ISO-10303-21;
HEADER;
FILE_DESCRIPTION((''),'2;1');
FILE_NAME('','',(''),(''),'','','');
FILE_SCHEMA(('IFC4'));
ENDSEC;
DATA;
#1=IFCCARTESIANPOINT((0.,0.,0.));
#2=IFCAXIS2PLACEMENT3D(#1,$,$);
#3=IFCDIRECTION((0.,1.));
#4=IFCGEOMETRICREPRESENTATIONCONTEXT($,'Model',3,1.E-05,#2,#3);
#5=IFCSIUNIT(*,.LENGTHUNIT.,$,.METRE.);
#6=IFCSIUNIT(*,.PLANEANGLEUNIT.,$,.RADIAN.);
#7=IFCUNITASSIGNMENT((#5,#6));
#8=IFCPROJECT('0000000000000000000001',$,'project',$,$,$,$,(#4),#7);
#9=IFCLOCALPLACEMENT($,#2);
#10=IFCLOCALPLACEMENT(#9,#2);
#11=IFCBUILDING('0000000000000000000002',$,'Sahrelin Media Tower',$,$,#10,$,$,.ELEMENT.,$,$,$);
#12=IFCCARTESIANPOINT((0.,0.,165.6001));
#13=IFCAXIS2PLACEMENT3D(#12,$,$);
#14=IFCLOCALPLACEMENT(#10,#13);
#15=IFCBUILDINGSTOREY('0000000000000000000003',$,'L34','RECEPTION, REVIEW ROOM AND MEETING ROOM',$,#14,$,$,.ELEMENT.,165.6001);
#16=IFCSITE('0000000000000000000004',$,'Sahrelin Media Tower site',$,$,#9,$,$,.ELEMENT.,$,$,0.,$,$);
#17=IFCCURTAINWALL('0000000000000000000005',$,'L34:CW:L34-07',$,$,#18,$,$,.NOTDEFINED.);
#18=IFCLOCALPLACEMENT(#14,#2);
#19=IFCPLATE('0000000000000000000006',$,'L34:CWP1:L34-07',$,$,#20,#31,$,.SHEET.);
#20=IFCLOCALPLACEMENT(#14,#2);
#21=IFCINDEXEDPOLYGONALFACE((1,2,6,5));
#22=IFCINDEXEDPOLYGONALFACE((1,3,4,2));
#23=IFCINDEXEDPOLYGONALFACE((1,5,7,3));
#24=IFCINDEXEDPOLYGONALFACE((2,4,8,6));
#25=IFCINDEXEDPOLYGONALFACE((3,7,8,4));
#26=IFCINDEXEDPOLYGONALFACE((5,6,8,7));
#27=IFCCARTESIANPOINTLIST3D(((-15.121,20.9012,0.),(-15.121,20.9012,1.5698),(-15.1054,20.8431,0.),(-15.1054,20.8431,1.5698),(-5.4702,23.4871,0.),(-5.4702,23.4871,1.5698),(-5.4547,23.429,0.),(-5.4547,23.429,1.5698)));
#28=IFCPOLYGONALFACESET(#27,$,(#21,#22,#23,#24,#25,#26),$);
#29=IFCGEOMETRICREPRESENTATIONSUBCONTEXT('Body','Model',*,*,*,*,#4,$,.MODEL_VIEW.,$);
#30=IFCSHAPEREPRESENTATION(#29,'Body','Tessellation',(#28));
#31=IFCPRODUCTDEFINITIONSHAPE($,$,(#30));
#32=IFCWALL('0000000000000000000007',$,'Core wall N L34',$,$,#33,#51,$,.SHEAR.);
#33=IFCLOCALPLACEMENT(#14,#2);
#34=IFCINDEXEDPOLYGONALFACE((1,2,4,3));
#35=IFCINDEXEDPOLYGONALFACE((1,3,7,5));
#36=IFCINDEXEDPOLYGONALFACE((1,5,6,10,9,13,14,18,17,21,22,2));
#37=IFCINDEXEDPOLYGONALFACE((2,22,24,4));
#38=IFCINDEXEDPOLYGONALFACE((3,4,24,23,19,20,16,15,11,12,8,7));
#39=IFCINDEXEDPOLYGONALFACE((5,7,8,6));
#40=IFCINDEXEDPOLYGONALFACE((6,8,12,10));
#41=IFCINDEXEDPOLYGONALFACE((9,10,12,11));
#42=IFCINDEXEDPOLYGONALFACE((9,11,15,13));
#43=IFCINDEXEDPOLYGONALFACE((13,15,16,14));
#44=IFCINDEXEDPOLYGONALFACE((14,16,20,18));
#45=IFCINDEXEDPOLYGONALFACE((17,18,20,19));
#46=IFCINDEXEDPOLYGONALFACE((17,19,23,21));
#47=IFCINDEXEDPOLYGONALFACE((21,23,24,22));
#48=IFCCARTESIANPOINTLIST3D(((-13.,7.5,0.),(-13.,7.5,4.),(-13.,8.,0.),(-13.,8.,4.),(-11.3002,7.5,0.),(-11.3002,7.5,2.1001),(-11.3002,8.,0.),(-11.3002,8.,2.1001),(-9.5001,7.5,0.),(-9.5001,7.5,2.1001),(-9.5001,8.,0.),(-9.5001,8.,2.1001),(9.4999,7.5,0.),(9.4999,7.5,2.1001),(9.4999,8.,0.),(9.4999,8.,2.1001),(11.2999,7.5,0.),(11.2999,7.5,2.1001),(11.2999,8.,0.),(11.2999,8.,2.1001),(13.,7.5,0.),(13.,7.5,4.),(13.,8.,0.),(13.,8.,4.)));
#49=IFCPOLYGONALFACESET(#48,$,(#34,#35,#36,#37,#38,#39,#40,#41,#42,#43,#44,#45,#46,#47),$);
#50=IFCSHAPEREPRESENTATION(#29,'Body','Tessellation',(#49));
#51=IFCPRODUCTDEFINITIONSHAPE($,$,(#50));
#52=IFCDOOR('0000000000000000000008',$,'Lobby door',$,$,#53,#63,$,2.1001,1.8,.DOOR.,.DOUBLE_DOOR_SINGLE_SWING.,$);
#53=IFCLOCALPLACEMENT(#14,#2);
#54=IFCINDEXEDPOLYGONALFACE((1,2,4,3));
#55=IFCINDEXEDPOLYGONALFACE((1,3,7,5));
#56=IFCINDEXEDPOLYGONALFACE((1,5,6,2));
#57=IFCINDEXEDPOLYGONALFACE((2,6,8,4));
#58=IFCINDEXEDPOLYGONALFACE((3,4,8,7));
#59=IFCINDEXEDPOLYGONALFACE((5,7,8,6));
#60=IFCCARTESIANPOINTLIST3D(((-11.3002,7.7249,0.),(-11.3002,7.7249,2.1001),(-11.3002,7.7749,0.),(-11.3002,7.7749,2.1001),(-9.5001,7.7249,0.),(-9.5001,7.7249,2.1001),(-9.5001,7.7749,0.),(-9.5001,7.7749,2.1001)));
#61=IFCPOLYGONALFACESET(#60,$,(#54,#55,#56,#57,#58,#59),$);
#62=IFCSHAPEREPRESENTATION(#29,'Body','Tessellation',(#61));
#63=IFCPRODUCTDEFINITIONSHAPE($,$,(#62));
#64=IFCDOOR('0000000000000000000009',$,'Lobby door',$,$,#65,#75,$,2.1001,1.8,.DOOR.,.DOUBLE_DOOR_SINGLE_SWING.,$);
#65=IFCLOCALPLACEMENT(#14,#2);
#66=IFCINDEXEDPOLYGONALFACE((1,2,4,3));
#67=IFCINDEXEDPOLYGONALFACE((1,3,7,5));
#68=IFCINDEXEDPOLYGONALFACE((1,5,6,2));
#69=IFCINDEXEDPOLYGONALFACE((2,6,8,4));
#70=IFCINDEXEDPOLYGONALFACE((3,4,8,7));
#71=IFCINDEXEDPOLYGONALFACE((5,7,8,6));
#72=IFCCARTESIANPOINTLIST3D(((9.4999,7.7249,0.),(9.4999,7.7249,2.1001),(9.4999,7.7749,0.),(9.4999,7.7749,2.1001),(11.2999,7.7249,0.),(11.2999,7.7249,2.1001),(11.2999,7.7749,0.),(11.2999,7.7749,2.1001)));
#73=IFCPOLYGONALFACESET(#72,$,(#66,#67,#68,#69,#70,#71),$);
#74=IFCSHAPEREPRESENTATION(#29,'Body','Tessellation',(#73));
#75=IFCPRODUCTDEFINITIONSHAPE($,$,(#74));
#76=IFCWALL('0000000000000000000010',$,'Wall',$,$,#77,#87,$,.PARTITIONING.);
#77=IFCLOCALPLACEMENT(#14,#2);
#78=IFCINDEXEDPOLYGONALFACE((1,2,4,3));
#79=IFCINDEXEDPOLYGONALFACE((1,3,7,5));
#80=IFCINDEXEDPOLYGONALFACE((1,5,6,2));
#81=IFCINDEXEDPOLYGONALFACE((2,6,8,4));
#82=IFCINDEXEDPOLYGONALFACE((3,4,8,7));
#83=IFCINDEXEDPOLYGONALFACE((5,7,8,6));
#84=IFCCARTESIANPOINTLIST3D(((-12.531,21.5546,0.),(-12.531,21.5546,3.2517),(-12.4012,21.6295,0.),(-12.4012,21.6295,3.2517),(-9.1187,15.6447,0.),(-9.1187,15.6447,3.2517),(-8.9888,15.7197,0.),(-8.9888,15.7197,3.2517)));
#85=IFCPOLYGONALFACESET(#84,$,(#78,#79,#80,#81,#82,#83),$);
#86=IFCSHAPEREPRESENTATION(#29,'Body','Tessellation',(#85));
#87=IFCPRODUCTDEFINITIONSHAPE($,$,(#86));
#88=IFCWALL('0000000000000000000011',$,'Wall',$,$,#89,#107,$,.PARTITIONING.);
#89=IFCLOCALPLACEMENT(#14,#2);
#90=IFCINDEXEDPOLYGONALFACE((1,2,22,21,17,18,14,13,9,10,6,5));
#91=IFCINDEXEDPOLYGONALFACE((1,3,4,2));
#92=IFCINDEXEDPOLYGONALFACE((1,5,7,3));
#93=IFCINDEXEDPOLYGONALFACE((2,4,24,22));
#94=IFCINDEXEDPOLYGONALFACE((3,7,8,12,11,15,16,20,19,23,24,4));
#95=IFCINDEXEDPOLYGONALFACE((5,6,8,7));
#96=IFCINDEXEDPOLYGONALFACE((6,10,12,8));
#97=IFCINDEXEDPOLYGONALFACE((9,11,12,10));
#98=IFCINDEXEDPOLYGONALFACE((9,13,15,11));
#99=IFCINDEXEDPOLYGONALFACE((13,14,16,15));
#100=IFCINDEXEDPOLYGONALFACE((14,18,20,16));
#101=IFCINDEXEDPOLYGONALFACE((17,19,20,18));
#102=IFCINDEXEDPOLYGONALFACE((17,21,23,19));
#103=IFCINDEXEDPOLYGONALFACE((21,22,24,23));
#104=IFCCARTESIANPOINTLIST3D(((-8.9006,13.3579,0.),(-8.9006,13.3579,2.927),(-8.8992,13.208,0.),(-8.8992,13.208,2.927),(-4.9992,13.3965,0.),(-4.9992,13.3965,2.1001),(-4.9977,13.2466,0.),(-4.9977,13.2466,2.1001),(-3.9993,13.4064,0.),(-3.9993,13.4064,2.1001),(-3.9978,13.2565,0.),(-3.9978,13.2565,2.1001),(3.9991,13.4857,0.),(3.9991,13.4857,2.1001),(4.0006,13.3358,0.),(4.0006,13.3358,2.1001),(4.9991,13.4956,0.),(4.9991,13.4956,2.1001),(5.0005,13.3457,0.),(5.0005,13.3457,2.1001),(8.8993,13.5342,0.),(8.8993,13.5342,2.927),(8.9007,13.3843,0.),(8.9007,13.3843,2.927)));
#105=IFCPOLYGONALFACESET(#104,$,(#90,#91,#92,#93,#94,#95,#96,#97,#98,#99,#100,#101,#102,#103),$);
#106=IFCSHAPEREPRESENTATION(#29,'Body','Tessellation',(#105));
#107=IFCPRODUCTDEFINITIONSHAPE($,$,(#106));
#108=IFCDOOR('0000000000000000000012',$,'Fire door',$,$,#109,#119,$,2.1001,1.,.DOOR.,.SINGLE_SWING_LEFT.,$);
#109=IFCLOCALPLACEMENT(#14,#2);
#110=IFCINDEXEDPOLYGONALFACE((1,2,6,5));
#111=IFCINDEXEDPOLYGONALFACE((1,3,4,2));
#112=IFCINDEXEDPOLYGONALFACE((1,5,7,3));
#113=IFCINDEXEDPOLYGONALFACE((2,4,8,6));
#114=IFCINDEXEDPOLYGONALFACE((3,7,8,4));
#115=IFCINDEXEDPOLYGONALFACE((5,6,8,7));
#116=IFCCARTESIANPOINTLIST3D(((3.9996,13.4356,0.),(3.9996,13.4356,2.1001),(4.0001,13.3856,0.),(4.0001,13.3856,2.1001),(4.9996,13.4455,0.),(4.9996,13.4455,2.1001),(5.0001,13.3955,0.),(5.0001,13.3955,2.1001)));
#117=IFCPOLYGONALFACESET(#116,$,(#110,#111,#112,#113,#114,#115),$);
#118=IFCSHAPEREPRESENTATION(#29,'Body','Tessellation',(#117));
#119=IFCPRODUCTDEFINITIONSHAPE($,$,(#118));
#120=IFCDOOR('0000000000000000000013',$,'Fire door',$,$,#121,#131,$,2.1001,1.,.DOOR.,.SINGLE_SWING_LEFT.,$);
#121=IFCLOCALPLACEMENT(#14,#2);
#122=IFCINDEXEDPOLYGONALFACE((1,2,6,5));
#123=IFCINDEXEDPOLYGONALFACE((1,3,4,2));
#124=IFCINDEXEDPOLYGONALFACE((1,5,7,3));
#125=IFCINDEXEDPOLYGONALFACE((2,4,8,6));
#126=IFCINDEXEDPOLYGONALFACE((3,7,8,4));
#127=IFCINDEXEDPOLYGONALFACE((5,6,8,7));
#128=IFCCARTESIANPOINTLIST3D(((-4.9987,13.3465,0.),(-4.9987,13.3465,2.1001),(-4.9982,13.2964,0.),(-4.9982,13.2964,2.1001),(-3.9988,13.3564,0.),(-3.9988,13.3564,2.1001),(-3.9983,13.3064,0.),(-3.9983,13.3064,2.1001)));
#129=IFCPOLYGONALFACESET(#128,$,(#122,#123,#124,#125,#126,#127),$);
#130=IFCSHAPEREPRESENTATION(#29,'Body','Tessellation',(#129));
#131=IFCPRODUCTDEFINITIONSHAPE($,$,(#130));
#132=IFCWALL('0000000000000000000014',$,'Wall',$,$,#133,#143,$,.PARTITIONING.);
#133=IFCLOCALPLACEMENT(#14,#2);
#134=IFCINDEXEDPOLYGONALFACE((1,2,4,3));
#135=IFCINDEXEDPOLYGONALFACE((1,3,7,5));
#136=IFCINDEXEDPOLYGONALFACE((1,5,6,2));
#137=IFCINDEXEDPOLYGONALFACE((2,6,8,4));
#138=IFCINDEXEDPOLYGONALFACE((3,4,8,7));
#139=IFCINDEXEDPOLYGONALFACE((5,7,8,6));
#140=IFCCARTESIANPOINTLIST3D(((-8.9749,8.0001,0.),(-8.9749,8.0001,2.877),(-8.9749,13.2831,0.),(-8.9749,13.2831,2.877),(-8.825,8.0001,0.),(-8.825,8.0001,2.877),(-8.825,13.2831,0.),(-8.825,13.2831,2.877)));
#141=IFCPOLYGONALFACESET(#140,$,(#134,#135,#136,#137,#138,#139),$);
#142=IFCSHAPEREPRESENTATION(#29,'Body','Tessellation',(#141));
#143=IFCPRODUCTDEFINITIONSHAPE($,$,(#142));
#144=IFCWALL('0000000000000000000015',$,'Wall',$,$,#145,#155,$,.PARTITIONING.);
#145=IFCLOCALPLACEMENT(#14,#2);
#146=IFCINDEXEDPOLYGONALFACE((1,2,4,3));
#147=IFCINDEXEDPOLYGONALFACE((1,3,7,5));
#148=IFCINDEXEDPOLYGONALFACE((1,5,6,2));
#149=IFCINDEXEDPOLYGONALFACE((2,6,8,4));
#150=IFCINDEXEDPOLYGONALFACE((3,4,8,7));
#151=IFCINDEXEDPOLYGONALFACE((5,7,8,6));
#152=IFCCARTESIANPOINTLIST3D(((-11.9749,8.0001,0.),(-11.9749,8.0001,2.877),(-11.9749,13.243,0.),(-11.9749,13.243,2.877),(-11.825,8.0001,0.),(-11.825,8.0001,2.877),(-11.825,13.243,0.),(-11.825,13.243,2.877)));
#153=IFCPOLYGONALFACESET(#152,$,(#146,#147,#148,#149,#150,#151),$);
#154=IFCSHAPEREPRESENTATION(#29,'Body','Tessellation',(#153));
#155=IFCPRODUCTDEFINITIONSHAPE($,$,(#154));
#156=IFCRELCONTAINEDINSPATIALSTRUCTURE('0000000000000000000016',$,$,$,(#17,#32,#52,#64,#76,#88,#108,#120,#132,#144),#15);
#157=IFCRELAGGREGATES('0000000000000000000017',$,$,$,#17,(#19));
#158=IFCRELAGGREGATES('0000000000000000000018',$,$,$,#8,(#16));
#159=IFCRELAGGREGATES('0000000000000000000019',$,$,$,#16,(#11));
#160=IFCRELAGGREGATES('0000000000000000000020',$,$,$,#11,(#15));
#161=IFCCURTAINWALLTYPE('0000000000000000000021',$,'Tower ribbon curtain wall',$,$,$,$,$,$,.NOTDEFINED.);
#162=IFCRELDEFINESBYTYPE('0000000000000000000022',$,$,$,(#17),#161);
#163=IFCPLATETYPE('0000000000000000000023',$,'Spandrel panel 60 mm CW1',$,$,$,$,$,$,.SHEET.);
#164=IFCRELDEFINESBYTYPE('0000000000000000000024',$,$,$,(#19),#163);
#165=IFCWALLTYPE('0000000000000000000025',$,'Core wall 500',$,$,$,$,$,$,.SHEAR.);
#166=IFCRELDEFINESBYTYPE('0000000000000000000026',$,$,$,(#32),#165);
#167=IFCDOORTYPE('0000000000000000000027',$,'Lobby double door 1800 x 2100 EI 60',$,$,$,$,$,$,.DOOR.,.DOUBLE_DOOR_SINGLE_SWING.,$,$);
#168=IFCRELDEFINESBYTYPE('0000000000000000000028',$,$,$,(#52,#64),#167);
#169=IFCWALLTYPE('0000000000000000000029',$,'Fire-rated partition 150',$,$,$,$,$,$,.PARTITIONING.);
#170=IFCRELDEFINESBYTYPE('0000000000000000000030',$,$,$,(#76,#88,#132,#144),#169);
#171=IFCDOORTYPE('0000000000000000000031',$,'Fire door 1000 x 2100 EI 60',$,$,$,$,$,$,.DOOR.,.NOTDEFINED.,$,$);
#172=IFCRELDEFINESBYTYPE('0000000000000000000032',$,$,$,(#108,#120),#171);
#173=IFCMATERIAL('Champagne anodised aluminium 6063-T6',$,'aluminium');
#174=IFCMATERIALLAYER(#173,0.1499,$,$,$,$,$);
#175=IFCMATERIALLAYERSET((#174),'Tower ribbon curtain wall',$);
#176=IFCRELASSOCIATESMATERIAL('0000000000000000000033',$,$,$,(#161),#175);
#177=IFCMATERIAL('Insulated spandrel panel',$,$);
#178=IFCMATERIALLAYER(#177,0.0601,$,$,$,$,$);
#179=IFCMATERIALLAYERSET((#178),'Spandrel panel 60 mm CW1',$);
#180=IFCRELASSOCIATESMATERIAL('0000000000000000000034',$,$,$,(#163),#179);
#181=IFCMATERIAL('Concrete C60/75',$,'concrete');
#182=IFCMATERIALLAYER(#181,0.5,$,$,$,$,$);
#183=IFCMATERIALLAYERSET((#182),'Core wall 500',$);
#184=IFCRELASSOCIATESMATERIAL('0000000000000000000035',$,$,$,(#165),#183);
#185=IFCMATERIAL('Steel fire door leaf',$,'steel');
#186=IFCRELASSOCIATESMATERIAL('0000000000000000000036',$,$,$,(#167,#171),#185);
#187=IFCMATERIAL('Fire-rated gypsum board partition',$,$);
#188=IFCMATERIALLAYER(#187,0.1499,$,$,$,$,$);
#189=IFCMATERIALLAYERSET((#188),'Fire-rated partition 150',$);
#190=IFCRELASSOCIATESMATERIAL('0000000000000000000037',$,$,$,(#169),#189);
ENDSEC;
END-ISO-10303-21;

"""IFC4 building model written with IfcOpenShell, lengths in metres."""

from ifc_helpers import new_model, si_unit, direction, frame, frame_2d, origin, place, context, subcontext, project, spatial, polyline, rectangle, outline, extrude, material, layer, layer_set, type_object, element, fill, aggregate, save


model = new_model("IFC4")

# Units and contexts
model_context = context("Model", 3, precision=1e-05, world=origin(), true_north=direction((0.0, 1.0)))
body_context = subcontext(model_context, "Body", "Model", "MODEL_VIEW")
ifc_project = project(units=[si_unit("LENGTHUNIT", "METRE"), si_unit("PLANEANGLEUNIT", "RADIAN")], contexts=[model_context])

# Site, building, storey
site_placement = place(None, origin())
site = spatial("IfcSite", under=ifc_project, at=site_placement, Name="Sahrelin Media Tower site", CompositionType="ELEMENT", RefElevation=0.0)
building_placement = place(site_placement, origin())
building = spatial("IfcBuilding", under=site, at=building_placement, Name="Sahrelin Media Tower", CompositionType="ELEMENT")
storey_placement = place(building_placement, frame((0.0, 0.0, 165.6001)))
storey = spatial("IfcBuildingStorey", under=building, at=storey_placement, Name="L34", Description="RECEPTION, REVIEW ROOM AND MEETING ROOM", CompositionType="ELEMENT", Elevation=165.6001)

# Curtain wall
ifc_material_1 = material(Name="Champagne anodised aluminium 6063-T6", Category="aluminium")
ifc_layer_1 = layer(ifc_material_1, 0.1499)
ifc_layer_set_1 = layer_set([ifc_layer_1], Name="Tower ribbon curtain wall")
curtain_wall_type = type_object("IfcCurtainWallType", Name="Tower ribbon curtain wall", PredefinedType="NOTDEFINED", material=ifc_layer_set_1)
curtain_wall_placement = place(storey_placement, frame((-10.2905, 22.1748, 0.0), z_axis=(0.0, 0.0, 1.0), x_axis=(1.0, 0.0, 0.0)))
curtain_wall = element("IfcCurtainWall", 1, at=curtain_wall_placement, inside=storey, type_object=curtain_wall_type, Name="L34:CW:L34-07", PredefinedType="NOTDEFINED")

# Plate
ifc_material_2 = material(Name="Insulated spandrel panel")
ifc_layer_2 = layer(ifc_material_2, 0.0601)
ifc_layer_set_2 = layer_set([ifc_layer_2], Name="Spandrel panel 60 mm CW1")
plate_type_1 = type_object("IfcPlateType", Name="Spandrel panel 60 mm CW1", PredefinedType="SHEET", material=ifc_layer_set_2)
plate_1_placement = place(storey_placement, frame((-5.4702, 23.4871, 0.0), z_axis=(-0.258818, 0.965926, 0.0), x_axis=(-0.965926, -0.258818, 0.0)))
plate_1 = element("IfcPlate", 2, at=plate_1_placement, type_object=plate_type_1, Name="L34:CWP1:L34-07", PredefinedType="SHEET", context=body_context, shape_type="SweptSolid", body=[
    extrude(outline(polyline([(0.0, 0.0), (9.9912, 0.0), (9.9912, 1.5698), (0.0, 1.5698), (0.0, 0.0)])), origin(), (0.0, 0.0, -1.0), 0.0601),
])
aggregate(curtain_wall, [plate_1])

# Wall, openings, doors
ifc_material_3 = material(Name="Concrete C60/75", Category="concrete")
ifc_layer_3 = layer(ifc_material_3, 0.5)
ifc_layer_set_3 = layer_set([ifc_layer_3], Name="Core wall 500")
wall_type_1 = type_object("IfcWallType", Name="Core wall 500", PredefinedType="SHEAR", material=ifc_layer_set_3)
wall_1_placement = place(storey_placement, frame((-13.0, 7.75, 0.0), z_axis=(0.0, 0.0, 1.0), x_axis=(1.0, 0.0, 0.0)))
wall_1 = element("IfcWall", 3, at=wall_1_placement, inside=storey, type_object=wall_type_1, Name="Core wall N L34", PredefinedType="SHEAR", context=body_context, shape_type="SweptSolid", body=[
    extrude(rectangle(XDim=26.0, YDim=0.5, at=frame_2d((13.0, 0.0))), origin(), (0.0, 0.0, 1.0), 4.0),
])
opening_1_placement = place(wall_1_placement, frame((1.7, 0.0, 0.0)))
opening_1 = element("IfcOpeningElement", 4, at=opening_1_placement, cuts=wall_1, PredefinedType="OPENING", context=body_context, shape_type="SweptSolid", body=[
    extrude(rectangle(XDim=1.8, YDim=2.1001, at=frame_2d((0.8999, 1.05))), frame((0.0, 0.25, 0.0), z_axis=(0.0, -1.0, 0.0), x_axis=(1.0, 0.0, 0.0)), (0.0, 0.0, 1.0), 0.5),
])
opening_2_placement = place(wall_1_placement, frame((22.5, 0.0, 0.0)))
opening_2 = element("IfcOpeningElement", 5, at=opening_2_placement, cuts=wall_1, PredefinedType="OPENING", context=body_context, shape_type="SweptSolid", body=[
    extrude(rectangle(XDim=1.8, YDim=2.1001, at=frame_2d((0.8999, 1.05))), frame((0.0, 0.25, 0.0), z_axis=(0.0, -1.0, 0.0), x_axis=(1.0, 0.0, 0.0)), (0.0, 0.0, 1.0), 0.5),
])
ifc_material_4 = material(Name="Steel fire door leaf", Category="steel")
door_type_1 = type_object("IfcDoorType", Name="Lobby double door 1800 x 2100 EI 60", OperationType="DOUBLE_DOOR_SINGLE_SWING", PredefinedType="DOOR", material=ifc_material_4)
door_1_placement = place(opening_1_placement, origin())
door_1 = element("IfcDoor", 6, at=door_1_placement, inside=storey, type_object=door_type_1, Name="Lobby door", OperationType="DOUBLE_DOOR_SINGLE_SWING", OverallHeight=2.1001, OverallWidth=1.8, PredefinedType="DOOR", context=body_context, shape_type="SweptSolid", body=[
    extrude(rectangle(XDim=1.8, YDim=2.1001, at=frame_2d((0.8999, 1.05))), frame((0.0, 0.0249, 0.0), z_axis=(0.0, -1.0, 0.0), x_axis=(1.0, 0.0, 0.0)), (0.0, 0.0, 1.0), 0.05),
])
fill(opening_1, door_1)
door_2_placement = place(opening_2_placement, origin())
door_2 = element("IfcDoor", 7, at=door_2_placement, inside=storey, type_object=door_type_1, Name="Lobby door", OperationType="DOUBLE_DOOR_SINGLE_SWING", OverallHeight=2.1001, OverallWidth=1.8, PredefinedType="DOOR", context=body_context, shape_type="SweptSolid", body=[
    extrude(rectangle(XDim=1.8, YDim=2.1001, at=frame_2d((0.8999, 1.05))), frame((0.0, 0.0249, 0.0), z_axis=(0.0, -1.0, 0.0), x_axis=(1.0, 0.0, 0.0)), (0.0, 0.0, 1.0), 0.05),
])
fill(opening_2, door_2)

# Wall
ifc_material_5 = material(Name="Fire-rated gypsum board partition")
ifc_layer_4 = layer(ifc_material_5, 0.1499)
ifc_layer_set_4 = layer_set([ifc_layer_4], Name="Fire-rated partition 150")
wall_type_2 = type_object("IfcWallType", Name="Fire-rated partition 150", PredefinedType="PARTITIONING", material=ifc_layer_set_4)
wall_2_placement = place(storey_placement, frame((-12.4661, 21.592, 0.0), z_axis=(0.0, 0.0, 1.0), x_axis=(0.500029, -0.866009, 0.0)))
element("IfcWall", 8, at=wall_2_placement, inside=storey, type_object=wall_type_2, Name="Wall", PredefinedType="PARTITIONING", context=body_context, shape_type="SweptSolid", body=[
    extrude(rectangle(XDim=6.8242, YDim=0.1499, at=frame_2d((3.4121, 0.0))), origin(), (0.0, 0.0, 1.0), 3.2517),
])

# Wall, openings, doors
wall_3_placement = place(storey_placement, frame((-8.8999, 13.283, 0.0), z_axis=(0.0, 0.0, 1.0), x_axis=(0.999951, 0.009902, 0.0)))
wall_3 = element("IfcWall", 9, at=wall_3_placement, inside=storey, type_object=wall_type_2, Name="Wall", PredefinedType="PARTITIONING", context=body_context, shape_type="SweptSolid", body=[
    extrude(rectangle(XDim=17.8008, YDim=0.1499, at=frame_2d((8.9004, 0.0))), origin(), (0.0, 0.0, 1.0), 2.927),
])
opening_3_placement = place(wall_3_placement, frame((12.9004, 0.0, 0.0)))
opening_3 = element("IfcOpeningElement", 10, at=opening_3_placement, cuts=wall_3, PredefinedType="OPENING", context=body_context, shape_type="SweptSolid", body=[
    extrude(rectangle(XDim=1.0, YDim=2.1001, at=frame_2d((0.5, 1.05))), frame((0.0, 0.075, 0.0), z_axis=(0.0, -1.0, 0.0), x_axis=(1.0, 0.0, 0.0)), (0.0, 0.0, 1.0), 0.1499),
])
opening_4_placement = place(wall_3_placement, frame((3.9016, 0.0, 0.0)))
opening_4 = element("IfcOpeningElement", 11, at=opening_4_placement, cuts=wall_3, PredefinedType="OPENING", context=body_context, shape_type="SweptSolid", body=[
    extrude(rectangle(XDim=1.0, YDim=2.1001, at=frame_2d((0.5, 1.05))), frame((0.0, 0.075, 0.0), z_axis=(0.0, -1.0, 0.0), x_axis=(1.0, 0.0, 0.0)), (0.0, 0.0, 1.0), 0.1499),
])
door_type_2 = type_object("IfcDoorType", Name="Fire door 1000 x 2100 EI 60", OperationType="NOTDEFINED", PredefinedType="DOOR", material=ifc_material_4)
door_3_placement = place(opening_3_placement, origin())
door_3 = element("IfcDoor", 12, at=door_3_placement, inside=storey, type_object=door_type_2, Name="Fire door", OperationType="SINGLE_SWING_LEFT", OverallHeight=2.1001, OverallWidth=1.0, PredefinedType="DOOR", context=body_context, shape_type="SweptSolid", body=[
    extrude(rectangle(XDim=1.0, YDim=2.1001, at=frame_2d((0.5, 1.05))), frame((0.0, 0.0249, 0.0), z_axis=(0.0, -1.0, 0.0), x_axis=(1.0, 0.0, 0.0)), (0.0, 0.0, 1.0), 0.05),
])
fill(opening_3, door_3)
door_4_placement = place(opening_4_placement, origin())
door_4 = element("IfcDoor", 13, at=door_4_placement, inside=storey, type_object=door_type_2, Name="Fire door", OperationType="SINGLE_SWING_LEFT", OverallHeight=2.1001, OverallWidth=1.0, PredefinedType="DOOR", context=body_context, shape_type="SweptSolid", body=[
    extrude(rectangle(XDim=1.0, YDim=2.1001, at=frame_2d((0.5, 1.05))), frame((0.0, 0.0249, 0.0), z_axis=(0.0, -1.0, 0.0), x_axis=(1.0, 0.0, 0.0)), (0.0, 0.0, 1.0), 0.05),
])
fill(opening_4, door_4)

# Walls
wall_4_placement = place(storey_placement, frame((-8.8999, 8.0, 0.0), z_axis=(0.0, 0.0, 1.0), x_axis=(0.0, 1.0, 0.0)))
element("IfcWall", 14, at=wall_4_placement, inside=storey, type_object=wall_type_2, Name="Wall", PredefinedType="PARTITIONING", context=body_context, shape_type="SweptSolid", body=[
    extrude(rectangle(XDim=5.283, YDim=0.1499, at=frame_2d((2.6416, 0.0))), origin(), (0.0, 0.0, 1.0), 2.877),
])
wall_5_placement = place(storey_placement, frame((-11.8999, 8.0, 0.0), z_axis=(0.0, 0.0, 1.0), x_axis=(0.0, 1.0, 0.0)))
element("IfcWall", 15, at=wall_5_placement, inside=storey, type_object=wall_type_2, Name="Wall", PredefinedType="PARTITIONING", context=body_context, shape_type="SweptSolid", body=[
    extrude(rectangle(XDim=5.2429, YDim=0.1499, at=frame_2d((2.6216, 0.0))), origin(), (0.0, 0.0, 1.0), 2.877),
])

save(model, "model.ifc")
